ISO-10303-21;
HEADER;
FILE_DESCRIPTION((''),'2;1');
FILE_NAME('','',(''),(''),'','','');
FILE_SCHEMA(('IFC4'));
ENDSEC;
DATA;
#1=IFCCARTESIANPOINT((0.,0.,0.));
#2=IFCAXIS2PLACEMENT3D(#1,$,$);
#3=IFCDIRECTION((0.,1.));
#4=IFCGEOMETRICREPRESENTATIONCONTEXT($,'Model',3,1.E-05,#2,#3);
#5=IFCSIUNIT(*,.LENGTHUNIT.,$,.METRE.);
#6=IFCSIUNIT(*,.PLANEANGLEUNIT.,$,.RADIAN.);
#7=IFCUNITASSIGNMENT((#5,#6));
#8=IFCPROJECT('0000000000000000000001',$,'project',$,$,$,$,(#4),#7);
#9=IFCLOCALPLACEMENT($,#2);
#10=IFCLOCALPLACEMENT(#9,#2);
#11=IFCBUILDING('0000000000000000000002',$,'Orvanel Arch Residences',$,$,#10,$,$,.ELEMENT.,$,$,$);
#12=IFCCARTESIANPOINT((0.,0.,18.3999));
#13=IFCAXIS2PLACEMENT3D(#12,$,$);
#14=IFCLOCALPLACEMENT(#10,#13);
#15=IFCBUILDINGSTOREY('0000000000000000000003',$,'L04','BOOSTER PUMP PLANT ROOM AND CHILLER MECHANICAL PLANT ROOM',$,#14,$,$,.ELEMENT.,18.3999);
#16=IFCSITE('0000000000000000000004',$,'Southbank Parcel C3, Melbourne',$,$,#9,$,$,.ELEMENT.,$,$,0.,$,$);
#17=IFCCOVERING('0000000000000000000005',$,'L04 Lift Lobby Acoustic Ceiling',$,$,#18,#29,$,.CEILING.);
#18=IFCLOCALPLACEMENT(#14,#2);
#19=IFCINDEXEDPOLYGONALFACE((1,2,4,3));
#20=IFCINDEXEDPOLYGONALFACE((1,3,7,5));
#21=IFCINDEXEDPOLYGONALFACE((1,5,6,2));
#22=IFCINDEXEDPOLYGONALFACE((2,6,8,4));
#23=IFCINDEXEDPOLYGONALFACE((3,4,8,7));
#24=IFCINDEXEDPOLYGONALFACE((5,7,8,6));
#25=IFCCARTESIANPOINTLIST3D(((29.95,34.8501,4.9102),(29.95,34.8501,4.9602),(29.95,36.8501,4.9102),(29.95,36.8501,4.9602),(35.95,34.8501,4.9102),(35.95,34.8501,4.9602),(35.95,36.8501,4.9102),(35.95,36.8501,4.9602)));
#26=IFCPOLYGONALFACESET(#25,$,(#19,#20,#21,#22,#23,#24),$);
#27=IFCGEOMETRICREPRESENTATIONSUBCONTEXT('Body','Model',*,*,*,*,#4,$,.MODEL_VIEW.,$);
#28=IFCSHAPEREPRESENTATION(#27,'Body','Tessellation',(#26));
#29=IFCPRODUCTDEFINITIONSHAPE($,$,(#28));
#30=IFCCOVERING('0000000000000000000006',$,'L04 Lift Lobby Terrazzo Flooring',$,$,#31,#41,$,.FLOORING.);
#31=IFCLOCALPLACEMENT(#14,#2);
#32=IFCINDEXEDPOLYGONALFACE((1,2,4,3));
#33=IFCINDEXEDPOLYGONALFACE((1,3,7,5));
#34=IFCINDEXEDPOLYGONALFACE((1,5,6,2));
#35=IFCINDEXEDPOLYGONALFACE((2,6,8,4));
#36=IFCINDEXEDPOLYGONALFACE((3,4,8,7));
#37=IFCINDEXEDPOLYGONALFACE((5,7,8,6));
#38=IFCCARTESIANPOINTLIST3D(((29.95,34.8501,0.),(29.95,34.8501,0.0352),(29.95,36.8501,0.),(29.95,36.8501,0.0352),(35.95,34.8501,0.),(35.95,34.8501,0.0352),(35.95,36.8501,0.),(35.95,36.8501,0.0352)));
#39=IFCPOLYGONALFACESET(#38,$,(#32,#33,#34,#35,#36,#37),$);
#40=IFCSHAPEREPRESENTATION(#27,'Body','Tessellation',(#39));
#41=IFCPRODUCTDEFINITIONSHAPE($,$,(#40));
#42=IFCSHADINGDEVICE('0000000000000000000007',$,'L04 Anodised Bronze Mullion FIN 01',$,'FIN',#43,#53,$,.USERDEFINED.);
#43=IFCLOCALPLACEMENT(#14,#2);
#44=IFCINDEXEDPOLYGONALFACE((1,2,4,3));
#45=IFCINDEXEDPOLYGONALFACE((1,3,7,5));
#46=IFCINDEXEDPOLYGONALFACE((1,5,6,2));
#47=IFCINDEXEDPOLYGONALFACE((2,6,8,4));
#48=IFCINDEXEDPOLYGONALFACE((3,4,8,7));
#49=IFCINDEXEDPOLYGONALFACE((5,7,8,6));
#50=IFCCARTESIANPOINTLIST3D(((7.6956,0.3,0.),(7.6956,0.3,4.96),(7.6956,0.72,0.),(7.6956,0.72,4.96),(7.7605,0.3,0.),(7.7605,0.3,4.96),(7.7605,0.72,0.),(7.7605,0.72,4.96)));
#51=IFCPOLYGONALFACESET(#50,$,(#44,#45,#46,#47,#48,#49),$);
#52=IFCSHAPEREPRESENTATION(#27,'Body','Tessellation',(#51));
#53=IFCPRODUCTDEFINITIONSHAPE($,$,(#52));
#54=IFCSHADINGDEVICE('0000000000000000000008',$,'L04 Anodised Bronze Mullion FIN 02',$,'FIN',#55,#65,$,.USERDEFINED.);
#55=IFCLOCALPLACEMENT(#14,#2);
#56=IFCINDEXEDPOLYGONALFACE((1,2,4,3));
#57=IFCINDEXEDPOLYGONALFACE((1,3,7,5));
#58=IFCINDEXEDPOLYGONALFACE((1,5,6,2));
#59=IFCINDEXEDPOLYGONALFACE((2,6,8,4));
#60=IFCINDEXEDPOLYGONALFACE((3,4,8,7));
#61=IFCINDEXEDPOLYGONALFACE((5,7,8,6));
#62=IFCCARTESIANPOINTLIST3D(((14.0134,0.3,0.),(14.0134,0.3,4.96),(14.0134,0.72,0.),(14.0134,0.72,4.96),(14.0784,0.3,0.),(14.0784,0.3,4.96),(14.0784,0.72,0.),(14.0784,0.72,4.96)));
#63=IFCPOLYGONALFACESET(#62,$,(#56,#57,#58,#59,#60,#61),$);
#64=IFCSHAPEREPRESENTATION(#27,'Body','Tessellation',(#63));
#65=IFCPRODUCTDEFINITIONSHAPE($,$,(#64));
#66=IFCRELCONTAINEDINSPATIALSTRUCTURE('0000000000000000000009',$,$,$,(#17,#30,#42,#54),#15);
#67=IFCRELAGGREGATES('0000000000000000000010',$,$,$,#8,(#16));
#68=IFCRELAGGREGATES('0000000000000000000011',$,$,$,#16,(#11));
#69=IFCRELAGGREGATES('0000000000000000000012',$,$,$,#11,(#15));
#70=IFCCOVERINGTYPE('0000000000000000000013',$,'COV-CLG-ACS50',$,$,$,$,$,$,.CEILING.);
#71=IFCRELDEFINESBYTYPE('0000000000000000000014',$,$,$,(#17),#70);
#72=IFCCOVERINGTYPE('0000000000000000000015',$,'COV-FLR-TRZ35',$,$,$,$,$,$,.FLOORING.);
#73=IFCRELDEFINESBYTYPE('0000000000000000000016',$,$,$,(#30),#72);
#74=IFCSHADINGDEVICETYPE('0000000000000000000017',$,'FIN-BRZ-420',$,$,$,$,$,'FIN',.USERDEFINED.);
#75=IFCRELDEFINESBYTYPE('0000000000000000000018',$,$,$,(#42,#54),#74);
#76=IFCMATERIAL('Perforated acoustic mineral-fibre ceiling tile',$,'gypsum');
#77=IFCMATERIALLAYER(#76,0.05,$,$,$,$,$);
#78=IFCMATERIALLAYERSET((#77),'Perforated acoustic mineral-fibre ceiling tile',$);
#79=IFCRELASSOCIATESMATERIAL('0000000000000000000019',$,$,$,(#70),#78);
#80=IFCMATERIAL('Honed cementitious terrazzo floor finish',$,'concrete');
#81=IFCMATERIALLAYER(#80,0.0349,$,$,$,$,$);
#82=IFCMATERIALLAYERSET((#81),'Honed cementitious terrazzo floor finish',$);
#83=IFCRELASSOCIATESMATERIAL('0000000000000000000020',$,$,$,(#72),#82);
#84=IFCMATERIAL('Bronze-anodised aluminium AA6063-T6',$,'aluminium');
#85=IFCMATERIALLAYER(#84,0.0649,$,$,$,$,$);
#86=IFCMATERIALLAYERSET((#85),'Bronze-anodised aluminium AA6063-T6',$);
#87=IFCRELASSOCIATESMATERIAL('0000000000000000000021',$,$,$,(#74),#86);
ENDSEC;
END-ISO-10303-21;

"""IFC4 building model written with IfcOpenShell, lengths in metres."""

from ifc_helpers import new_model, si_unit, direction, frame, origin, origin_2d, place, context, subcontext, project, spatial, polyline, rectangle, outline, extrude, material, layer, layer_set, type_object, element, save


model = new_model("IFC4")

# Units and contexts
model_context = context("Model", 3, precision=1e-05, world=origin(), true_north=direction((0.0, 1.0)))
body_context = subcontext(model_context, "Body", "Model", "MODEL_VIEW")
ifc_project = project(units=[si_unit("LENGTHUNIT", "METRE"), si_unit("PLANEANGLEUNIT", "RADIAN")], contexts=[model_context])

# Site, building, storey
site_placement = place(None, origin())
site = spatial("IfcSite", under=ifc_project, at=site_placement, Name="Southbank Parcel C3, Melbourne", CompositionType="ELEMENT", RefElevation=0.0)
building_placement = place(site_placement, origin())
building = spatial("IfcBuilding", under=site, at=building_placement, Name="Orvanel Arch Residences", CompositionType="ELEMENT")
storey_placement = place(building_placement, frame((0.0, 0.0, 18.3999)))
storey = spatial("IfcBuildingStorey", under=building, at=storey_placement, Name="L04", Description="BOOSTER PUMP PLANT ROOM AND CHILLER MECHANICAL PLANT ROOM", CompositionType="ELEMENT", Elevation=18.3999)

# Shared definitions
ifc_material_1 = material(Name="Bronze-anodised aluminium AA6063-T6", Category="aluminium")

# Coverings
ifc_material_2 = material(Name="Perforated acoustic mineral-fibre ceiling tile", Category="gypsum")
ifc_layer_1 = layer(ifc_material_2, 0.05)
ifc_layer_set_1 = layer_set([ifc_layer_1], Name="Perforated acoustic mineral-fibre ceiling tile")
covering_type_1 = type_object("IfcCoveringType", Name="COV-CLG-ACS50", PredefinedType="CEILING", material=ifc_layer_set_1)
covering_1_placement = place(storey_placement, frame((0.0, 0.0, 4.9102)))
element("IfcCovering", 1, at=covering_1_placement, inside=storey, type_object=covering_type_1, Name="L04 Lift Lobby Acoustic Ceiling", PredefinedType="CEILING", context=body_context, shape_type="SweptSolid", body=[
    extrude(outline(polyline([(29.95, 34.8501), (35.95, 34.8501), (35.95, 36.8501), (29.95, 36.8501), (29.95, 34.8501)])), origin(), (0.0, 0.0, 1.0), 0.05),
])
ifc_material_3 = material(Name="Honed cementitious terrazzo floor finish", Category="concrete")
ifc_layer_2 = layer(ifc_material_3, 0.0349)
ifc_layer_set_2 = layer_set([ifc_layer_2], Name="Honed cementitious terrazzo floor finish")
covering_type_2 = type_object("IfcCoveringType", Name="COV-FLR-TRZ35", PredefinedType="FLOORING", material=ifc_layer_set_2)
covering_2_placement = place(storey_placement, origin())
element("IfcCovering", 2, at=covering_2_placement, inside=storey, type_object=covering_type_2, Name="L04 Lift Lobby Terrazzo Flooring", PredefinedType="FLOORING", context=body_context, shape_type="SweptSolid", body=[
    extrude(outline(polyline([(29.95, 34.8501), (35.95, 34.8501), (35.95, 36.8501), (29.95, 36.8501), (29.95, 34.8501)])), origin(), (0.0, 0.0, 1.0), 0.0352),
])

# Shading devices
ifc_layer_3 = layer(ifc_material_1, 0.0649)
ifc_layer_set_3 = layer_set([ifc_layer_3], Name="Bronze-anodised aluminium AA6063-T6")
shading_device_type = type_object("IfcShadingDeviceType", Name="FIN-BRZ-420", ElementType="FIN", PredefinedType="USERDEFINED", material=ifc_layer_set_3)
for number, where, z_axis, x_axis, name in (
    (3, (7.728, 0.51, 0.0), (0.0, 0.0, 1.0), (0.0, -1.0, 0.0), "L04 Anodised Bronze Mullion FIN 01"),
    (4, (14.0459, 0.51, 0.0), (0.0, 0.0, 1.0), (0.0, -1.0, 0.0), "L04 Anodised Bronze Mullion FIN 02"),
):
    element("IfcShadingDevice", number, at=place(storey_placement, frame(where, z_axis=z_axis, x_axis=x_axis)), inside=storey, type_object=shading_device_type, Name=name, ObjectType="FIN", PredefinedType="USERDEFINED", context=body_context, shape_type="SweptSolid", body=[
        extrude(rectangle(XDim=0.4199, YDim=0.0649, at=origin_2d()), origin(), (0.0, 0.0, 1.0), 4.96),
    ])

save(model, "model.ifc")
